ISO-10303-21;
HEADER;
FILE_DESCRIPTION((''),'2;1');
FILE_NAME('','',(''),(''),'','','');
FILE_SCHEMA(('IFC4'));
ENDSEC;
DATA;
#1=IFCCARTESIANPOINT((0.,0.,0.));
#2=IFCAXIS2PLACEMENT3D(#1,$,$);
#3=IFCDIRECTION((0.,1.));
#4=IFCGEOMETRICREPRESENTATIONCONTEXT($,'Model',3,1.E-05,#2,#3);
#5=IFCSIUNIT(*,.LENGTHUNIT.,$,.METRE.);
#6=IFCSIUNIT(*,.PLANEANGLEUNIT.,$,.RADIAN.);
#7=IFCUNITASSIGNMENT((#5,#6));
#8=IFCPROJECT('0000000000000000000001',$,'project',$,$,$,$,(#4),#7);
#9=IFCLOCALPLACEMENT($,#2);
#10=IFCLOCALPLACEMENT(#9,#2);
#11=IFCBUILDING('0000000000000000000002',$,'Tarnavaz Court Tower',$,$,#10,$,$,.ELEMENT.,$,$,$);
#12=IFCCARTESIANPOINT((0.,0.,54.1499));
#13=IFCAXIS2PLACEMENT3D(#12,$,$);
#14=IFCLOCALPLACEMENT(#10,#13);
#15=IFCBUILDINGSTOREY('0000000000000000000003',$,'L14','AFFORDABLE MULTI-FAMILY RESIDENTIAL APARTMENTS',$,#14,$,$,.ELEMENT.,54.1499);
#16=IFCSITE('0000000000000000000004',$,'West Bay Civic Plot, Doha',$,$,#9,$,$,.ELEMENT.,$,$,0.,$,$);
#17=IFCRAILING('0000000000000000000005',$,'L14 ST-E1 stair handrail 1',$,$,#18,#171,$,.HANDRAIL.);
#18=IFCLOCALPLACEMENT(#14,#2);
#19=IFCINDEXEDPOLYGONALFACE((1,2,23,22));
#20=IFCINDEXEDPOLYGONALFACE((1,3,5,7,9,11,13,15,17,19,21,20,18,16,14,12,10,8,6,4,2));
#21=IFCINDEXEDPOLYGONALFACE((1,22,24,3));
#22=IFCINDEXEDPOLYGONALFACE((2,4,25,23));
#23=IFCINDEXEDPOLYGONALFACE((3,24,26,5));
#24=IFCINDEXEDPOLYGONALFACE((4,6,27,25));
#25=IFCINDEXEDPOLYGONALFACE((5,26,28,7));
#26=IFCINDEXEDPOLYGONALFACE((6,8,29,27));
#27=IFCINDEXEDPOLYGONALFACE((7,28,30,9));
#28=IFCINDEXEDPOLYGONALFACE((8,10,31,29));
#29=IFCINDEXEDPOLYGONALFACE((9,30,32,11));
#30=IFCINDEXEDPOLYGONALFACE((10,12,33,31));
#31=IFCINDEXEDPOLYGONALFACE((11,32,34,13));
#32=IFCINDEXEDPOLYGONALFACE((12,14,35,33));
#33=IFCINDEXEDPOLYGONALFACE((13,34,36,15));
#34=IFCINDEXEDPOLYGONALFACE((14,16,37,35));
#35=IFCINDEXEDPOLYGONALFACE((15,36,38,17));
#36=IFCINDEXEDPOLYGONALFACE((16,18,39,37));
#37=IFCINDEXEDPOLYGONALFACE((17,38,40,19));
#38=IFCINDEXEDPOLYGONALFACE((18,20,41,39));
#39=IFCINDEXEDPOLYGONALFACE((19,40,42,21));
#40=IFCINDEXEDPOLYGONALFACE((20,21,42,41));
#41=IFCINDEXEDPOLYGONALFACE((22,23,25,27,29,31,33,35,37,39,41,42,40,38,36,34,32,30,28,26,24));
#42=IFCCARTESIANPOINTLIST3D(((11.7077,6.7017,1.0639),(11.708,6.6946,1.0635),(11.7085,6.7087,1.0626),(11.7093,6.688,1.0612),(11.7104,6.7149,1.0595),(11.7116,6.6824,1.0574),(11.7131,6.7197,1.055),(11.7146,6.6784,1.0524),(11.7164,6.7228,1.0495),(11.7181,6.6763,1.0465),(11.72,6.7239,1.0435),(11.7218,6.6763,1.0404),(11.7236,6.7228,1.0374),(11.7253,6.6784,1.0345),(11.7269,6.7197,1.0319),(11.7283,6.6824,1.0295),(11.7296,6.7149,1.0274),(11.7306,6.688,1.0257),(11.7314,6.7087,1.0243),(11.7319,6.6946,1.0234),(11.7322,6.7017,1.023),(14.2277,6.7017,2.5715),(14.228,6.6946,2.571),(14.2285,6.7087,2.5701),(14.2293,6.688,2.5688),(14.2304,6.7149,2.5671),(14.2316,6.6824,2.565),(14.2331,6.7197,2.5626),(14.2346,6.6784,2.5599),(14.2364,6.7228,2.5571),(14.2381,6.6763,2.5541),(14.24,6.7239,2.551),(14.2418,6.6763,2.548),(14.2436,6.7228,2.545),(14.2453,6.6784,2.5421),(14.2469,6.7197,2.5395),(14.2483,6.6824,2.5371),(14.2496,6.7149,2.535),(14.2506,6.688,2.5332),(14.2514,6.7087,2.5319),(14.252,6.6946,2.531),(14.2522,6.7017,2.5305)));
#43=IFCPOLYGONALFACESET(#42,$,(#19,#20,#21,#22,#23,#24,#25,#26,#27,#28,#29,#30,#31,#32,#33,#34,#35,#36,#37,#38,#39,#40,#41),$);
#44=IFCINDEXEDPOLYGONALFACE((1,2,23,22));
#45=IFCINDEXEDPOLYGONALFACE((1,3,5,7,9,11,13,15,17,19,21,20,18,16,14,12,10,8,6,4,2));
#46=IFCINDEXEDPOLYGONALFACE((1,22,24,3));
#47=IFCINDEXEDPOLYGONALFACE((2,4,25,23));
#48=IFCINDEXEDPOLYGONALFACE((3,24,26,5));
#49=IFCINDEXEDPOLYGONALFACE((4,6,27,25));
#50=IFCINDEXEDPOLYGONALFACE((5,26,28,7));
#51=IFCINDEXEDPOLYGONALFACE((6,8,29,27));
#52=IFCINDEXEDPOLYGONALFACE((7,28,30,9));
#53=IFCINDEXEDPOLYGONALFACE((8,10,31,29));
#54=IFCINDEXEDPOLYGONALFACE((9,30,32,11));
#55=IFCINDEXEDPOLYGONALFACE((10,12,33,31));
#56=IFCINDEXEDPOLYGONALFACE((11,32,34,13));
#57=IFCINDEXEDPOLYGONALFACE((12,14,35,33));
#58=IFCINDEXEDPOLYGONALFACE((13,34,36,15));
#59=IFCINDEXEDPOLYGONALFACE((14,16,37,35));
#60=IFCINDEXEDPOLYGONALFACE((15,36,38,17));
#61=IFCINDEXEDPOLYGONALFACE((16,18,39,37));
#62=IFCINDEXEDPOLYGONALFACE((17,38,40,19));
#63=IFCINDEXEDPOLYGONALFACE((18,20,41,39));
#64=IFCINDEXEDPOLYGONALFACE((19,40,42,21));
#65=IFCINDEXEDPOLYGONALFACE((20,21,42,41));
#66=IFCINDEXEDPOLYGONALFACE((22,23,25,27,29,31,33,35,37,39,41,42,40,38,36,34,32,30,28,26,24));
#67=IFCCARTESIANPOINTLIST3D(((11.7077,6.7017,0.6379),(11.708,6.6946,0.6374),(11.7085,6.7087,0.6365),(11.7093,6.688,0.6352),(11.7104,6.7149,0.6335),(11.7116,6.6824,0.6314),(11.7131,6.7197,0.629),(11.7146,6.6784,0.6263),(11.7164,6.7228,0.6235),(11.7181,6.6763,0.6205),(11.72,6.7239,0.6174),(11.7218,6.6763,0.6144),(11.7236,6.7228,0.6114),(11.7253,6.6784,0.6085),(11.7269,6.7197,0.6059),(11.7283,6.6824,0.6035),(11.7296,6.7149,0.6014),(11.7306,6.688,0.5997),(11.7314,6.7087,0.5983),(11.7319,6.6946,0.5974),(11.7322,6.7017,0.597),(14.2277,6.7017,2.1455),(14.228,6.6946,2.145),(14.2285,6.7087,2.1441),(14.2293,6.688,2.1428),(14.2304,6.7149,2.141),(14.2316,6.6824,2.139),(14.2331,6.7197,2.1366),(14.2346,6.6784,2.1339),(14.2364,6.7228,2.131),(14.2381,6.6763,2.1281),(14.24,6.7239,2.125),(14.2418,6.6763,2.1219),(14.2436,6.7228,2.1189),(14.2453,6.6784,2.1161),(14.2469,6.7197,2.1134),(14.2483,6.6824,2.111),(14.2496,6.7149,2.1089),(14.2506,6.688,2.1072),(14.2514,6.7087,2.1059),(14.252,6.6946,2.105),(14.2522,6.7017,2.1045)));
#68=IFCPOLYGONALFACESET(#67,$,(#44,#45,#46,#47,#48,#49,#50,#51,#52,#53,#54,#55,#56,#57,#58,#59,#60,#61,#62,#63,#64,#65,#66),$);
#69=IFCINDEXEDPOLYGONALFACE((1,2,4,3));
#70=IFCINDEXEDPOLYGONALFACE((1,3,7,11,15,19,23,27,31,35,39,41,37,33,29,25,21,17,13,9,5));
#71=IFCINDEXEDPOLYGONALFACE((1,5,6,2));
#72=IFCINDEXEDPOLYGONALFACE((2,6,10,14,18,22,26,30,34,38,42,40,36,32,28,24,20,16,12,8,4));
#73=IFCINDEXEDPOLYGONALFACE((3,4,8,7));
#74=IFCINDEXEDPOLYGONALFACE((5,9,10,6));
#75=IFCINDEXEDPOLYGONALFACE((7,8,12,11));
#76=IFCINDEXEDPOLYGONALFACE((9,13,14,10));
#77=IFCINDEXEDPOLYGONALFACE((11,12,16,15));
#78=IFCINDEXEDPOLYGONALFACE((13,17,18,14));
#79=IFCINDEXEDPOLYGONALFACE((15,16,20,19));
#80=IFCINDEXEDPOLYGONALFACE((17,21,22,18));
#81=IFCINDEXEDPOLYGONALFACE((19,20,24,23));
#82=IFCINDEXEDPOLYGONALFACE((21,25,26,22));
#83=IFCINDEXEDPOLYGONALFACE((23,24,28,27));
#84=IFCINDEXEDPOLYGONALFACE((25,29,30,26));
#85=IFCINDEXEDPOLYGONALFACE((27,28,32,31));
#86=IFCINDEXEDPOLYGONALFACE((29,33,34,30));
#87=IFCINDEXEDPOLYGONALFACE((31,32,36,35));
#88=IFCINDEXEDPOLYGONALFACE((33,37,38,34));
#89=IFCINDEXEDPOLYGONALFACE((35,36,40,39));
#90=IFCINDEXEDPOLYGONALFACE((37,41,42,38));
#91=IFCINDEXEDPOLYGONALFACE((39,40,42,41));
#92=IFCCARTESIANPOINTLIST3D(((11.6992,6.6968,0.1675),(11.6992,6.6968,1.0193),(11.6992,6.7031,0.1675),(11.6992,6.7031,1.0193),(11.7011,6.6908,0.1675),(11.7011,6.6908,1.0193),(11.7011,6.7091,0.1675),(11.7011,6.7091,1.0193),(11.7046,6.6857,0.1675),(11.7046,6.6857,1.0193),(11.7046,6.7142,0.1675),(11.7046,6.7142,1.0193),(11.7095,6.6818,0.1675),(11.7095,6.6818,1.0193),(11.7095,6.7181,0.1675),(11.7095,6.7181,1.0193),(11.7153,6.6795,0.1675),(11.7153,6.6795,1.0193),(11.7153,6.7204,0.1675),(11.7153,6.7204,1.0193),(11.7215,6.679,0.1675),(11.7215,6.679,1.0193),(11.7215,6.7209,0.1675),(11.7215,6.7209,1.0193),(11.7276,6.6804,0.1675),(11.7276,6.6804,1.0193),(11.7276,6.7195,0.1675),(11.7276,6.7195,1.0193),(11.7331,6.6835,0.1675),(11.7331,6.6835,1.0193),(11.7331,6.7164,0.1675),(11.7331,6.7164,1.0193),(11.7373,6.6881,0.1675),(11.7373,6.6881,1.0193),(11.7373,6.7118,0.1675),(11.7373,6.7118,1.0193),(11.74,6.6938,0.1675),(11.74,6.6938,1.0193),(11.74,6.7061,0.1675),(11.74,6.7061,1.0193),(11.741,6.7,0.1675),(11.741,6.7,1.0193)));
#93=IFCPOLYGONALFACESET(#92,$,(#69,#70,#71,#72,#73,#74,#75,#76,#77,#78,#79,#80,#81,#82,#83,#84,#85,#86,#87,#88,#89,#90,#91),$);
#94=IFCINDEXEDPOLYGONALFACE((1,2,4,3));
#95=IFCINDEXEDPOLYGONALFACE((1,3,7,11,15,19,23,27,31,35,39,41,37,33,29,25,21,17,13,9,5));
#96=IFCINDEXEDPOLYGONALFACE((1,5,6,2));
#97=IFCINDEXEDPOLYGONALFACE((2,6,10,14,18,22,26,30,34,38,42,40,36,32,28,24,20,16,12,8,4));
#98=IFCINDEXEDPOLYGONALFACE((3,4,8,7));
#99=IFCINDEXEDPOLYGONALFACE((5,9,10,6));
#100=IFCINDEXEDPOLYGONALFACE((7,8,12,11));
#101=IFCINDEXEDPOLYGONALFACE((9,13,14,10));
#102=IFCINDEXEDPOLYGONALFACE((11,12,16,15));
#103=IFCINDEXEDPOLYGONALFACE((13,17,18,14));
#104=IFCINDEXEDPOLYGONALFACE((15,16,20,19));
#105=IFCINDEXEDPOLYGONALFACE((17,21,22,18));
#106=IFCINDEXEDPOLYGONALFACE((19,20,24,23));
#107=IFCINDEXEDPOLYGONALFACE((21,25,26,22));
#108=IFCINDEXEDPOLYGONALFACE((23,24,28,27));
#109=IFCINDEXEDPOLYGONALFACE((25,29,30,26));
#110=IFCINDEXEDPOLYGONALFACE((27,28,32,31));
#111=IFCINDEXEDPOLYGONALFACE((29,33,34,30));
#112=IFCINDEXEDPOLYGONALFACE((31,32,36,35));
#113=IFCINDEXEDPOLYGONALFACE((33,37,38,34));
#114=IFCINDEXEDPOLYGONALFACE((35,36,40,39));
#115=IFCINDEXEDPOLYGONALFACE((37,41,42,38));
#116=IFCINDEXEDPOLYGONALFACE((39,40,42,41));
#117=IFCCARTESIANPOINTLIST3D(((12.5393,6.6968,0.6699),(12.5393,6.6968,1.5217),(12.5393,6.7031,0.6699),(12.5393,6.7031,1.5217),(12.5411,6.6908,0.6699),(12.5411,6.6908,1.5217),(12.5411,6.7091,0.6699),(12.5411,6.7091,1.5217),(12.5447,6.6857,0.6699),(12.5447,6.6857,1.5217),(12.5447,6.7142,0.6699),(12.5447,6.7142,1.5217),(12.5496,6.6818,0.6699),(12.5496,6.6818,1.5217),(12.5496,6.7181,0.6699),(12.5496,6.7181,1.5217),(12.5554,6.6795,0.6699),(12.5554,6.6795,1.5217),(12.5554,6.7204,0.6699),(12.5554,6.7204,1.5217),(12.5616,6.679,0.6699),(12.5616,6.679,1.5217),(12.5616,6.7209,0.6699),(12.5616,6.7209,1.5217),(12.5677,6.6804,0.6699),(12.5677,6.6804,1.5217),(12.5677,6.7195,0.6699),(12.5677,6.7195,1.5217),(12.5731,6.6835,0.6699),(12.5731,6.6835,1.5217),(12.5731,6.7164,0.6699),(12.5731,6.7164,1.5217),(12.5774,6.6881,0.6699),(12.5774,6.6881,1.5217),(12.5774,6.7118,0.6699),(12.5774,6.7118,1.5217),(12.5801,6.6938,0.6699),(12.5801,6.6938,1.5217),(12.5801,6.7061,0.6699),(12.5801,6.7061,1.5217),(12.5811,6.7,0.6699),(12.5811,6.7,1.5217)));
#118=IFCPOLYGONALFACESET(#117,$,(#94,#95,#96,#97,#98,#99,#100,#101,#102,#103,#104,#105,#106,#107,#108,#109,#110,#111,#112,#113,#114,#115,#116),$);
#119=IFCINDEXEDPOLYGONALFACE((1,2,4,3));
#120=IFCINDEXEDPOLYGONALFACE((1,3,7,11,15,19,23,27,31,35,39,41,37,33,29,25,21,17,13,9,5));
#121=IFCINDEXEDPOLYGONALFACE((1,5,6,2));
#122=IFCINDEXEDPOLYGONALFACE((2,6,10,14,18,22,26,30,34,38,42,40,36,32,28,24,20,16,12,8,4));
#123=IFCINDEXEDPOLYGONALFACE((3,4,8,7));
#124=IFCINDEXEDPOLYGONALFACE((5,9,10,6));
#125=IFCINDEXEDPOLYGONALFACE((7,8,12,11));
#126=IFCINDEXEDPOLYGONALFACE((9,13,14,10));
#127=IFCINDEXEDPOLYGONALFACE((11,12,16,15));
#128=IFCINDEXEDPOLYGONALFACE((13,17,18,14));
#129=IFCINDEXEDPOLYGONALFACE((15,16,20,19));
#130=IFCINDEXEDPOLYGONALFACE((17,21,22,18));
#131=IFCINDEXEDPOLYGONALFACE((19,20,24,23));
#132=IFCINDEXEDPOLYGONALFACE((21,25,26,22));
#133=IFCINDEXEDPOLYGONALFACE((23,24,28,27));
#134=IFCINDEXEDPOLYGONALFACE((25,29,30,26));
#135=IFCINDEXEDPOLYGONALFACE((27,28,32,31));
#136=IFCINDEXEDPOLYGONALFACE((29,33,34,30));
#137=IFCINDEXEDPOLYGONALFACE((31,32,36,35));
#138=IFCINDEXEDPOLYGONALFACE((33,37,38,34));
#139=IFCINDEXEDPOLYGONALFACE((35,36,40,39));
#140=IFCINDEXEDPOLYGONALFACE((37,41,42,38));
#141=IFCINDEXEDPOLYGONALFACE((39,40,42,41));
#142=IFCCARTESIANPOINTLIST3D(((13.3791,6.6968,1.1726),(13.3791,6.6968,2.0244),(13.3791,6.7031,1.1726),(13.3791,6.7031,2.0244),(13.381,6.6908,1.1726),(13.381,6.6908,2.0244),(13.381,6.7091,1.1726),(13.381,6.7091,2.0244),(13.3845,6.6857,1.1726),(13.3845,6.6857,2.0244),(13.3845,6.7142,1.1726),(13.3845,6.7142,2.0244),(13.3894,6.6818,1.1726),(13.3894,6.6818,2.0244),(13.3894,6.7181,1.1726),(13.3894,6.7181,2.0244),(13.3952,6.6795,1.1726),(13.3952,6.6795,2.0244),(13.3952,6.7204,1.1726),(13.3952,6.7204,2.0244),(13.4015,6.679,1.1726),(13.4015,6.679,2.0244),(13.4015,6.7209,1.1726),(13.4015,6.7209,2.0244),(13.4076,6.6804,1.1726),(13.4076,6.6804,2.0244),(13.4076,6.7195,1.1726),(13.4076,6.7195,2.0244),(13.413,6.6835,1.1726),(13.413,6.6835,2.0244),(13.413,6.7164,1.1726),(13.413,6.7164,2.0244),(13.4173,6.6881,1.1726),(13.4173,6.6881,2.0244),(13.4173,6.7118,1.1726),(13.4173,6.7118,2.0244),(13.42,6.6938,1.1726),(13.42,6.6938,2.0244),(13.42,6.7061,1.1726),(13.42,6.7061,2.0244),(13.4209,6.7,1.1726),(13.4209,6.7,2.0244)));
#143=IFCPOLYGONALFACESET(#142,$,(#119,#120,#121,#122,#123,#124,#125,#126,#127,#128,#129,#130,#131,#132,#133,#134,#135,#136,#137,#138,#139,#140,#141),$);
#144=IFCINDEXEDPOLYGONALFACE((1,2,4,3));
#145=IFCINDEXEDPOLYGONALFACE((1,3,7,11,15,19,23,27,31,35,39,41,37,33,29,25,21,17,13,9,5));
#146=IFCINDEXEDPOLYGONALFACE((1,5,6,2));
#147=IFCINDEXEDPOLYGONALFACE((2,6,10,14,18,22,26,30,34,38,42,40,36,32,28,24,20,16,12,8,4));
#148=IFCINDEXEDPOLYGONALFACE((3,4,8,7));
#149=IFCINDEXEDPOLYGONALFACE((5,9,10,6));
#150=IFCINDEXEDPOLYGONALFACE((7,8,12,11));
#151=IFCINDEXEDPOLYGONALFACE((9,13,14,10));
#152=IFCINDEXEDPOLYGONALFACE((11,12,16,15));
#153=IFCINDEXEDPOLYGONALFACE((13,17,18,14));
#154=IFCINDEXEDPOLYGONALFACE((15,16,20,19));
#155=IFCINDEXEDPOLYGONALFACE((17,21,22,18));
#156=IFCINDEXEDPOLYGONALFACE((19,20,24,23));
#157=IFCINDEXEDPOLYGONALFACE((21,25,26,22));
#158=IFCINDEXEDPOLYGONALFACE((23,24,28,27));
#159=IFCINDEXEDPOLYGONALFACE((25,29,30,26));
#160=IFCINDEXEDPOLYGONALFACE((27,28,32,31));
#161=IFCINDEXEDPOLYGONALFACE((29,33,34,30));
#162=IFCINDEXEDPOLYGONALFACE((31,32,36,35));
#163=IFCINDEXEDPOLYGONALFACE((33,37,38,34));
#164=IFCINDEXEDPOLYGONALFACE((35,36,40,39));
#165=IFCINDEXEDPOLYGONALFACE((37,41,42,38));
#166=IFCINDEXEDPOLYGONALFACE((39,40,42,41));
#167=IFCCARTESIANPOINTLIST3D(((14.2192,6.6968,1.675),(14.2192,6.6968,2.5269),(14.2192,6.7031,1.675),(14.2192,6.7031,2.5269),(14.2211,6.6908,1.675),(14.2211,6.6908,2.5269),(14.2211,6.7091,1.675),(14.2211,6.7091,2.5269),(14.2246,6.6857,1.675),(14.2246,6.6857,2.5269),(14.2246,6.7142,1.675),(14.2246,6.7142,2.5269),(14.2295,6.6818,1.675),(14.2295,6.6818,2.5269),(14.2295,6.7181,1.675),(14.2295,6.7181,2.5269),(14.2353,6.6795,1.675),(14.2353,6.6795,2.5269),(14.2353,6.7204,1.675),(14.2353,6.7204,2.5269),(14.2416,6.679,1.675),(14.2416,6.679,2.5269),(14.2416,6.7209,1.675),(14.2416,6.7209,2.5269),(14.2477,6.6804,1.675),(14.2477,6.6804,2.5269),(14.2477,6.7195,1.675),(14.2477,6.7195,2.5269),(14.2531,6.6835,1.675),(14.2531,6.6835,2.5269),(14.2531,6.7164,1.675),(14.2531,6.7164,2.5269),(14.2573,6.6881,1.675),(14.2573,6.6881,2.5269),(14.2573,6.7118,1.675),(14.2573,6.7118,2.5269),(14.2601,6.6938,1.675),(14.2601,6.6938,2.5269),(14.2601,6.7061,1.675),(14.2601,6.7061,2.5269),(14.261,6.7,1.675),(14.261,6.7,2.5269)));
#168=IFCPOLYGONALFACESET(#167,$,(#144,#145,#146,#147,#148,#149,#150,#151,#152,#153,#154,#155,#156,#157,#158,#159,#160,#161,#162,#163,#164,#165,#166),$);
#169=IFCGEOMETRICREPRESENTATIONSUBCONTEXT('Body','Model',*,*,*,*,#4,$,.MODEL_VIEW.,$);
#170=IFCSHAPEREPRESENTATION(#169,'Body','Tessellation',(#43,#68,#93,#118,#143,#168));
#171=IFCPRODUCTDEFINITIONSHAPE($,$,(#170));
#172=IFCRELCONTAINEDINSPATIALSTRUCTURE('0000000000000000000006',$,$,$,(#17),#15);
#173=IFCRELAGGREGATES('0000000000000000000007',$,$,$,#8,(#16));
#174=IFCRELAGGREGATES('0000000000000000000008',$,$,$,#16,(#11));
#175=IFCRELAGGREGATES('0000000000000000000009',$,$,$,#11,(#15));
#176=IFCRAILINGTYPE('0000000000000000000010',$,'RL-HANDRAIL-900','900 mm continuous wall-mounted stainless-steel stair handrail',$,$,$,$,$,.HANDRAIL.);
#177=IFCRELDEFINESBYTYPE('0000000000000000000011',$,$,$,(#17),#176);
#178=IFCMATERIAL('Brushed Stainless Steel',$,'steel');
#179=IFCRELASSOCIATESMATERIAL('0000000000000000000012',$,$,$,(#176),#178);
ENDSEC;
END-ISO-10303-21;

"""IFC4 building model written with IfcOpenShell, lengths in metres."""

from ifc_helpers import new_model, si_unit, direction, frame, origin, origin_2d, place, context, subcontext, project, spatial, circle, extrude, material, type_object, element, save


model = new_model("IFC4")

# Units and contexts
model_context = context("Model", 3, precision=1e-05, world=origin(), true_north=direction((0.0, 1.0)))
body_context = subcontext(model_context, "Body", "Model", "MODEL_VIEW")
ifc_project = project(units=[si_unit("LENGTHUNIT", "METRE"), si_unit("PLANEANGLEUNIT", "RADIAN")], contexts=[model_context])

# Site, building, storey
site_placement = place(None, origin())
site = spatial("IfcSite", under=ifc_project, at=site_placement, Name="West Bay Civic Plot, Doha", CompositionType="ELEMENT", RefElevation=0.0)
building_placement = place(site_placement, origin())
building = spatial("IfcBuilding", under=site, at=building_placement, Name="Tarnavaz Court Tower", CompositionType="ELEMENT")
storey_placement = place(building_placement, frame((0.0, 0.0, 54.1499)))
storey = spatial("IfcBuildingStorey", under=building, at=storey_placement, Name="L14", Description="AFFORDABLE MULTI-FAMILY RESIDENTIAL APARTMENTS", CompositionType="ELEMENT", Elevation=54.1499)

# Railing
ifc_material_1 = material(Name="Brushed Stainless Steel", Category="steel")
railing_type_1 = type_object("IfcRailingType", Name="RL-HANDRAIL-900", Description="900 mm continuous wall-mounted stainless-steel stair handrail", PredefinedType="HANDRAIL", material=ifc_material_1)
railing_1_placement = place(storey_placement, frame((11.72, 6.7, 0.1675)))
element("IfcRailing", 1, at=railing_1_placement, inside=storey, type_object=railing_type_1, Name="L14 ST-E1 stair handrail 1", PredefinedType="HANDRAIL", context=body_context, shape_type="SweptSolid", body=[
    extrude(circle(Radius=0.0239, at=origin_2d()), frame((0.0, 0.0, 0.876), z_axis=(0.85816, 0.0, 0.513383), x_axis=(0.0, 1.0, 0.0)), (0.0, 0.0, 1.0), 2.9365),
    extrude(circle(Radius=0.0239, at=origin_2d()), frame((0.0, 0.0, 0.45), z_axis=(0.85816, 0.0, 0.513383), x_axis=(0.0, 1.0, 0.0)), (0.0, 0.0, 1.0), 2.9365),
    extrude(circle(Radius=0.021, at=origin_2d()), origin(), (0.0, 0.0, 1.0), 0.8518),
    extrude(circle(Radius=0.021, at=origin_2d()), frame((0.8401, 0.0, 0.5024)), (0.0, 0.0, 1.0), 0.8518),
    extrude(circle(Radius=0.021, at=origin_2d()), frame((1.6799, 0.0, 1.0051)), (0.0, 0.0, 1.0), 0.8518),
    extrude(circle(Radius=0.021, at=origin_2d()), frame((2.52, 0.0, 1.5076)), (0.0, 0.0, 1.0), 0.8518),
])

save(model, "model.ifc")
